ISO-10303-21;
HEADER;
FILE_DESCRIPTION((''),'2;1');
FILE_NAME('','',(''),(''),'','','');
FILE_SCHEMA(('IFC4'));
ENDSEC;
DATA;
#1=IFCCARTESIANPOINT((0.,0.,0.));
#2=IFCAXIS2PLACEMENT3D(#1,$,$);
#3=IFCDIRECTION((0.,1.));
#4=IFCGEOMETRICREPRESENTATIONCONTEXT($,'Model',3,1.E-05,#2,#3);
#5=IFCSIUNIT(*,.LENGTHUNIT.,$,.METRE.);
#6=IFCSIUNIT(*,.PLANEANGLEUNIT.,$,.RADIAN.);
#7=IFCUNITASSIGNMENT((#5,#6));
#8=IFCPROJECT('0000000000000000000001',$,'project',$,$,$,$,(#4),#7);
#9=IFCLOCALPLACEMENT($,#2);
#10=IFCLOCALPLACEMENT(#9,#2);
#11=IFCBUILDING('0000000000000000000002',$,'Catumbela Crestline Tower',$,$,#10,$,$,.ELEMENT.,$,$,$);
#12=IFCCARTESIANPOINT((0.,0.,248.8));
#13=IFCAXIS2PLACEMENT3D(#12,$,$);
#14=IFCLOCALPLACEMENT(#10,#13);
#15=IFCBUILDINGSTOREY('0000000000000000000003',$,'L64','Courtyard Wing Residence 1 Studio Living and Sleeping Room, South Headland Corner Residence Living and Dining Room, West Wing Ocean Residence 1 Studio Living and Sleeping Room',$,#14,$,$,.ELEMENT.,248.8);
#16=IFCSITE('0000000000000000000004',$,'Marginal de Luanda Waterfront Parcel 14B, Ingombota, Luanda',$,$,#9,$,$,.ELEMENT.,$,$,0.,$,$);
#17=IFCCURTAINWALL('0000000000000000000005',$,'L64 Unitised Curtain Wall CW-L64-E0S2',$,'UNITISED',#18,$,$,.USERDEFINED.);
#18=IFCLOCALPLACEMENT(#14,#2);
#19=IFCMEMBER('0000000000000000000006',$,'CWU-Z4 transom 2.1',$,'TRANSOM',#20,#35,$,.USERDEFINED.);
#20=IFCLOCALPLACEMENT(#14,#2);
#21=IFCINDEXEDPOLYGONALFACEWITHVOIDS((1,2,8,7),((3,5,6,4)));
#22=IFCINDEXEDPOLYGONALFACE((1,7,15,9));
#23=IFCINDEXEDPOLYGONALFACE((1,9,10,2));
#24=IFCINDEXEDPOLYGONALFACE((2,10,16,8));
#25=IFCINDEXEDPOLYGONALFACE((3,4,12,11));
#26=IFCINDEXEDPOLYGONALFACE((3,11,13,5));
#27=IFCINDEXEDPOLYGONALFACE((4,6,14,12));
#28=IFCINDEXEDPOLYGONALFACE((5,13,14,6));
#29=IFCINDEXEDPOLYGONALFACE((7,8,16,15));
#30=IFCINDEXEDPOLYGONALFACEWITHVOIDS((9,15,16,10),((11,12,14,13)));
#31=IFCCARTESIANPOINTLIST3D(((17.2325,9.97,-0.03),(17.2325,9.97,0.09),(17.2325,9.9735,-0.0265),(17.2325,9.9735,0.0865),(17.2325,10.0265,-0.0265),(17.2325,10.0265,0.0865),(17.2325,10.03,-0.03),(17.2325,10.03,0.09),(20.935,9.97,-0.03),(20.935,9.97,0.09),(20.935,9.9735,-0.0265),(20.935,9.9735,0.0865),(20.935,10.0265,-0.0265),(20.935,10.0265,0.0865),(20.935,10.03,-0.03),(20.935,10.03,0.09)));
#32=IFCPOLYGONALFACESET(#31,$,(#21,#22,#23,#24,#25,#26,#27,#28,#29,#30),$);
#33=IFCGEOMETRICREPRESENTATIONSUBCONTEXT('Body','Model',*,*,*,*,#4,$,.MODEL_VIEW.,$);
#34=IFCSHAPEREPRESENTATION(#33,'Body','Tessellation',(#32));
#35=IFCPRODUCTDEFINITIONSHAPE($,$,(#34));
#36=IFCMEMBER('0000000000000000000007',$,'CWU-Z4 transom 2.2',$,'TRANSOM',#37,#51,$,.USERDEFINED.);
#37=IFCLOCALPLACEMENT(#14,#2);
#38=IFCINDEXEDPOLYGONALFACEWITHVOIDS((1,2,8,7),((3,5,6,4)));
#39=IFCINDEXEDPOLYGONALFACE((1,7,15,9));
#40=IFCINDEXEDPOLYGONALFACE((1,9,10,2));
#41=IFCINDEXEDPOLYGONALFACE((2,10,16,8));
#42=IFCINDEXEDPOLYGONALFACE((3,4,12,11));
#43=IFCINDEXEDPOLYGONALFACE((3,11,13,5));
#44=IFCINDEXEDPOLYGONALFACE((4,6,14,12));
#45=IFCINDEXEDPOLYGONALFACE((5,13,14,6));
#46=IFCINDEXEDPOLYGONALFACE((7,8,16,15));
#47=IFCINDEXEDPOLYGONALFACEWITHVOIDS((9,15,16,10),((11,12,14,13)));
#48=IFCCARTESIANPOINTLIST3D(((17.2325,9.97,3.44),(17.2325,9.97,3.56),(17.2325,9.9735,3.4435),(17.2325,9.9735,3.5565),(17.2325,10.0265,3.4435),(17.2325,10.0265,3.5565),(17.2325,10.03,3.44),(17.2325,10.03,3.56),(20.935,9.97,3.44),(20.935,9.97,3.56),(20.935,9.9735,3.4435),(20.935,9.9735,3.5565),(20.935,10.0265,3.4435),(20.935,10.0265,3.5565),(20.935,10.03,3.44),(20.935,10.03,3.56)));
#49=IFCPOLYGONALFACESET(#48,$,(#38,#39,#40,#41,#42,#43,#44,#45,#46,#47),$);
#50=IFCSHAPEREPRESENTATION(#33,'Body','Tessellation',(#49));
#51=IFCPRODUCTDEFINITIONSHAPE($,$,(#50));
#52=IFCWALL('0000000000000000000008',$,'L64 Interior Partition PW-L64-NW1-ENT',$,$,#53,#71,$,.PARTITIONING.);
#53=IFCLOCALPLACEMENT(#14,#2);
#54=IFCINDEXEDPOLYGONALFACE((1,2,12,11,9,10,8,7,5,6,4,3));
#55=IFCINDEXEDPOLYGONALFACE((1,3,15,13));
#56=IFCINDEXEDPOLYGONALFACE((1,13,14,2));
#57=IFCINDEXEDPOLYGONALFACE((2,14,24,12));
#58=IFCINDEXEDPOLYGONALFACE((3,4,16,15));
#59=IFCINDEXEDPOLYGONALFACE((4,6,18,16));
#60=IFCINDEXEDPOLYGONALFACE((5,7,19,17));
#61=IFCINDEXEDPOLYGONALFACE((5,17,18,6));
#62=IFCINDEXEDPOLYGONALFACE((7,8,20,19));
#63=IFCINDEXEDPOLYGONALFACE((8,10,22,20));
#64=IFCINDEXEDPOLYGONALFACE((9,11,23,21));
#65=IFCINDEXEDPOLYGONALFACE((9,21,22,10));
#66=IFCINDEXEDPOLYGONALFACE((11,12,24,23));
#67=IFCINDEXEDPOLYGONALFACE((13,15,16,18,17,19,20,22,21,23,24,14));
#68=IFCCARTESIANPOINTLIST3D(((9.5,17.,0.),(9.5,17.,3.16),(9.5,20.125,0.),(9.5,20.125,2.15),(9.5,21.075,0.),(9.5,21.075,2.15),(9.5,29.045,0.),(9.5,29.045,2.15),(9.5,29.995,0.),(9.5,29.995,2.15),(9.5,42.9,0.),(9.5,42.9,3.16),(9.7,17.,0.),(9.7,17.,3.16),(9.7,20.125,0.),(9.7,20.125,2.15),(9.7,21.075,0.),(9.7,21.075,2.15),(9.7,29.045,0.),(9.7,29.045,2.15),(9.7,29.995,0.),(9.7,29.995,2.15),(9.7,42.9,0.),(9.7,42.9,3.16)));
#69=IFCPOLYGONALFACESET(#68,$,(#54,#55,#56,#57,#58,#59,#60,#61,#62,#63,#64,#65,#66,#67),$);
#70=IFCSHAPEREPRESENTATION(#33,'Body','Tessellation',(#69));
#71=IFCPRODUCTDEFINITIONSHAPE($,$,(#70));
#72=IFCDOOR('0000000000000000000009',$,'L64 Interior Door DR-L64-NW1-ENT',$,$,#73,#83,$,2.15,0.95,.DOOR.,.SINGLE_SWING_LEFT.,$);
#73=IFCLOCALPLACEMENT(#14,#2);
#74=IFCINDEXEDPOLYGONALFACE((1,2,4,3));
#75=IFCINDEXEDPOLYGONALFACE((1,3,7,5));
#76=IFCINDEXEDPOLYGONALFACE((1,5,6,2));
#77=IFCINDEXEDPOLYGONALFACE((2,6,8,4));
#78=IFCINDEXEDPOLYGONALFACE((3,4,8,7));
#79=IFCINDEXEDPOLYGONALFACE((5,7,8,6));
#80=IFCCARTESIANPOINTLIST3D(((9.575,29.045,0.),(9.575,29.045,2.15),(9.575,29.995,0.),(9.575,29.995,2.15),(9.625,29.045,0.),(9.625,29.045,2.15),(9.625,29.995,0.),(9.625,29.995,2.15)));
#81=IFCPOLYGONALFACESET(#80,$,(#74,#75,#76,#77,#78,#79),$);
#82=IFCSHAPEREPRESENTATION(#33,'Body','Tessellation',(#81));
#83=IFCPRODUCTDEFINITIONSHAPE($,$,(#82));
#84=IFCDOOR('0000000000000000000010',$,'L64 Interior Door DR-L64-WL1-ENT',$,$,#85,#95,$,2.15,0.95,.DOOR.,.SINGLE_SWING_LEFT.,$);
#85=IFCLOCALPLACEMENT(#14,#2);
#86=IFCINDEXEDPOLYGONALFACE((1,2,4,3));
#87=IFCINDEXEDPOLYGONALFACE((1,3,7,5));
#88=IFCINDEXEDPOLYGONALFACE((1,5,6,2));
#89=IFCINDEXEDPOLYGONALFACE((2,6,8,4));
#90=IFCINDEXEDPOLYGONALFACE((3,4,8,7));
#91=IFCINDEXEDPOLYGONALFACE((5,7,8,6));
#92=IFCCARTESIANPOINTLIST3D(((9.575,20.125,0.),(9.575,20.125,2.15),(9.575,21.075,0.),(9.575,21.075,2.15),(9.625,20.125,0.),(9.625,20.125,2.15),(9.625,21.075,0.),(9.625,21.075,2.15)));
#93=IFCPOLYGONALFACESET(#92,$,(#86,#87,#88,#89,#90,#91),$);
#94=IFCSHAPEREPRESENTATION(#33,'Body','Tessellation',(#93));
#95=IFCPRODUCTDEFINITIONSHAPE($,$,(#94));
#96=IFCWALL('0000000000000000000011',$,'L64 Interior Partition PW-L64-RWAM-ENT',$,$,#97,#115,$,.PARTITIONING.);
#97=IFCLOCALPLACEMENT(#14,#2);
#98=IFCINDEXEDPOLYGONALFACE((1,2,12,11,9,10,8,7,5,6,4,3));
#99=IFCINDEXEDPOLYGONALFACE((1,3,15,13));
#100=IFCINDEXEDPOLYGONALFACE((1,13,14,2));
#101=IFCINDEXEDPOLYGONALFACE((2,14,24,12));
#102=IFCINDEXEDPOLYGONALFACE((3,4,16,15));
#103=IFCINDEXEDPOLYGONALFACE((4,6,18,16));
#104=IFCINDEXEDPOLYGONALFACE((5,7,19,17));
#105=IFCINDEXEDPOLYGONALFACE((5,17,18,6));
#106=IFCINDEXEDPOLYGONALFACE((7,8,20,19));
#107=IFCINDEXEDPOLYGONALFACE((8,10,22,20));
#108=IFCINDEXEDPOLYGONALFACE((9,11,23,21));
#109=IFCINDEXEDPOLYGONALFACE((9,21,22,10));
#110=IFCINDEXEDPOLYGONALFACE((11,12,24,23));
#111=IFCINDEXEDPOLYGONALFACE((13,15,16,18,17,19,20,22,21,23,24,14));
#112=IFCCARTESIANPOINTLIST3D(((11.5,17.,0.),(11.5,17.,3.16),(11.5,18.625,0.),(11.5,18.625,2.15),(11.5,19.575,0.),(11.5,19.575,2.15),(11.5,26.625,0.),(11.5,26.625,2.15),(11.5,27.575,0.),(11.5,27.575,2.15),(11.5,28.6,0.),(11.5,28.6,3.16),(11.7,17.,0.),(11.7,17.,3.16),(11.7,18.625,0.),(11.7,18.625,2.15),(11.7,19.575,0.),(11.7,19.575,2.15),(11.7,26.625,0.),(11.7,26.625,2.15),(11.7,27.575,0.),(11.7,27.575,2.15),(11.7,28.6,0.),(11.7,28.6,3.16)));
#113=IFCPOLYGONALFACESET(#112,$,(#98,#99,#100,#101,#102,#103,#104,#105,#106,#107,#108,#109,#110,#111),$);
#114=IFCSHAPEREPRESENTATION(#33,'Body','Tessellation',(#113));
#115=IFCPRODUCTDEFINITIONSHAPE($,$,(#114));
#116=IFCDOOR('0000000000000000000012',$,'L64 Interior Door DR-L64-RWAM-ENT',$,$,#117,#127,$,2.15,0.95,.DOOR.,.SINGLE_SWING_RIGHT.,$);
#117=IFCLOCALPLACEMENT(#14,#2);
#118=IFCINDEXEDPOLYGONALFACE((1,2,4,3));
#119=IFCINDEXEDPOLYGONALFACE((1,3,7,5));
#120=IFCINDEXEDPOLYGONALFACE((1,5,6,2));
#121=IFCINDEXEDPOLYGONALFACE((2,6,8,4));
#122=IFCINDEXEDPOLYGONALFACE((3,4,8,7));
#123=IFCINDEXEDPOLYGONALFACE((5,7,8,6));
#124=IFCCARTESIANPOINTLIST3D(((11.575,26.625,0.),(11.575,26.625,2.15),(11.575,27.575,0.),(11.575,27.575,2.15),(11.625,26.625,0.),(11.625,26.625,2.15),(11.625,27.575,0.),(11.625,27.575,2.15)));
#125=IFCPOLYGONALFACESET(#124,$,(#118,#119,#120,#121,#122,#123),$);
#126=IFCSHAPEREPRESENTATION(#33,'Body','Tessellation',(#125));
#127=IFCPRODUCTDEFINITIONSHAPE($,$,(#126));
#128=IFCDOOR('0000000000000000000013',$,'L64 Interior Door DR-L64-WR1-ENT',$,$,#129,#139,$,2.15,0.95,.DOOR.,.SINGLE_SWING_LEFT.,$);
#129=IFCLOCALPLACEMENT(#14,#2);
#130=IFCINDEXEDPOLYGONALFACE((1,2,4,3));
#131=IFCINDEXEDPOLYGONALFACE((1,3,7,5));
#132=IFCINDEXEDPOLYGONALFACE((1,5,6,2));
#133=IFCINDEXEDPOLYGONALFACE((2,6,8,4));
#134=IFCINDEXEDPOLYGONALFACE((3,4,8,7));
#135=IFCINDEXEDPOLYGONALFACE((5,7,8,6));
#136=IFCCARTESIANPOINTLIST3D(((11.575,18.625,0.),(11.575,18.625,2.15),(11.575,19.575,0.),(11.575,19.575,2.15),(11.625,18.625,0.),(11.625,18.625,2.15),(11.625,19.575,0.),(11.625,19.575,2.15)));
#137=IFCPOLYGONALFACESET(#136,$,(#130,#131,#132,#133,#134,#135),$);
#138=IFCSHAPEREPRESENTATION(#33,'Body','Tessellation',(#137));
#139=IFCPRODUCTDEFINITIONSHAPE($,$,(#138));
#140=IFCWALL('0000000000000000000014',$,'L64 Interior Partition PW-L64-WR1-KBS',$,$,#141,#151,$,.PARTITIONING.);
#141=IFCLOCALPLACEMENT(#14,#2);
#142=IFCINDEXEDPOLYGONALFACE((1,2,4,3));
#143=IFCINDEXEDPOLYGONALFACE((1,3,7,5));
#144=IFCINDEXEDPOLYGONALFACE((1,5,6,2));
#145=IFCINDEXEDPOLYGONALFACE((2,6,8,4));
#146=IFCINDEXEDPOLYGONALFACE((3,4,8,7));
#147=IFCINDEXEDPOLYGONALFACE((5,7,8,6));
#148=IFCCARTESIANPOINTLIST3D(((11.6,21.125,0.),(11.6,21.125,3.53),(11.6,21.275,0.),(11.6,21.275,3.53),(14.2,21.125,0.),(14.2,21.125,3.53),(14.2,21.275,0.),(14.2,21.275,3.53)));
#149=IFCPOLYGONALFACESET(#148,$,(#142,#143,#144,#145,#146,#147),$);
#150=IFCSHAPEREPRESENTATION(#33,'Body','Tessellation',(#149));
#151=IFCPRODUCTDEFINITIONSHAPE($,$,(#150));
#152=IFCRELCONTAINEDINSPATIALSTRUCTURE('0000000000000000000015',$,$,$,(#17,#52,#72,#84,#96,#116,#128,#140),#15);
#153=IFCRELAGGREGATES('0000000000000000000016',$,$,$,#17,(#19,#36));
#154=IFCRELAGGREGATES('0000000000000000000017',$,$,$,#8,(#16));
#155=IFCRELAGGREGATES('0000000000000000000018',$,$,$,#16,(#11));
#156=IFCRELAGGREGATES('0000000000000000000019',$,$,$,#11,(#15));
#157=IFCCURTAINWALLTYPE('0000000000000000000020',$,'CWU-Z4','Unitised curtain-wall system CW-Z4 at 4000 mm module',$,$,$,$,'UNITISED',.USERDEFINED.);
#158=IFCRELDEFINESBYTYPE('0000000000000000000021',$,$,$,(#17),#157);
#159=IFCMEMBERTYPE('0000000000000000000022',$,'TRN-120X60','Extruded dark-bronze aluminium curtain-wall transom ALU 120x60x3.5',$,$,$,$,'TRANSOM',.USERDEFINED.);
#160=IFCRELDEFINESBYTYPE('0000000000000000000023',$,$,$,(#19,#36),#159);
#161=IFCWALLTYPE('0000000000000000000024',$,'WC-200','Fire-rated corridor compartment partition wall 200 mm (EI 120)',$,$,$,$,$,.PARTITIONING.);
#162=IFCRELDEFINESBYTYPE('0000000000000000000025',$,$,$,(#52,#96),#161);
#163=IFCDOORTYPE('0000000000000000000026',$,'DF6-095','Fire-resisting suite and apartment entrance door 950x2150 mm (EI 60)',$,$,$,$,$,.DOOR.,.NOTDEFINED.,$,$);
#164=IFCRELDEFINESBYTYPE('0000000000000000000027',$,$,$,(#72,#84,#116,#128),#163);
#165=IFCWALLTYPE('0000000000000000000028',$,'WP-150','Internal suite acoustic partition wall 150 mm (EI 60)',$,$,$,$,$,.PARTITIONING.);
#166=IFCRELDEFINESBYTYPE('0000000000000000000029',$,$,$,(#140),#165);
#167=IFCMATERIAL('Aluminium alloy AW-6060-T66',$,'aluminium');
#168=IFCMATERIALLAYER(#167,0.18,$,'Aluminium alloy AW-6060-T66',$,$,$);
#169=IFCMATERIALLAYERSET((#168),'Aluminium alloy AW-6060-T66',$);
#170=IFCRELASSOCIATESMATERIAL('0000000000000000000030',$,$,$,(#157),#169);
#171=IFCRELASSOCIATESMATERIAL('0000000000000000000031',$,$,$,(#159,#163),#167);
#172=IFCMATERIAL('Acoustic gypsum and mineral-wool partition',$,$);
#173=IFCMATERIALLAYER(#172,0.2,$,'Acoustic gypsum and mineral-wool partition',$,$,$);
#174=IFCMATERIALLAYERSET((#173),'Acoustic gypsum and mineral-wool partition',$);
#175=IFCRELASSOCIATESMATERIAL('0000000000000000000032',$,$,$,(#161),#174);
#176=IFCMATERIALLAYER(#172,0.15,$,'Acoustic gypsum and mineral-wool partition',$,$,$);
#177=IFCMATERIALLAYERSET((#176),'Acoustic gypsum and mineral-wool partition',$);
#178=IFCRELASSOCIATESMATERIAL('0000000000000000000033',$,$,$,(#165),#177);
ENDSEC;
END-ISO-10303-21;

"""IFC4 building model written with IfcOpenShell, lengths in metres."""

from ifc_helpers import new_model, si_unit, direction, frame, frame_2d, origin, origin_2d, place, context, subcontext, project, spatial, rectangle, hollow_rectangle, extrude, material, layer, layer_set, material_profile, profile_set, type_object, element, fill, aggregate, save


model = new_model("IFC4")

# Units and contexts
model_context = context("Model", 3, precision=1e-05, world=origin(), true_north=direction((0.0, 1.0)))
body_context = subcontext(model_context, "Body", "Model", "MODEL_VIEW")
ifc_project = project(units=[si_unit("LENGTHUNIT", "METRE"), si_unit("PLANEANGLEUNIT", "RADIAN")], contexts=[model_context])

# Site, building, storey
site_placement = place(None, origin())
site = spatial("IfcSite", under=ifc_project, at=site_placement, Name="Marginal de Luanda Waterfront Parcel 14B, Ingombota, Luanda", CompositionType="ELEMENT", RefElevation=0.0)
building_placement = place(site_placement, origin())
building = spatial("IfcBuilding", under=site, at=building_placement, Name="Catumbela Crestline Tower", CompositionType="ELEMENT")
storey_placement = place(building_placement, frame((0.0, 0.0, 248.8)))
storey = spatial("IfcBuildingStorey", under=building, at=storey_placement, Name="L64", Description="Courtyard Wing Residence 1 Studio Living and Sleeping Room, South Headland Corner Residence Living and Dining Room, West Wing Ocean Residence 1 Studio Living and Sleeping Room", CompositionType="ELEMENT", Elevation=248.8)

# Curtain wall, members
ifc_material_1 = material(Name="Aluminium alloy AW-6060-T66", Category="aluminium")
ifc_layer_1 = layer(ifc_material_1, 0.18, Name="Aluminium alloy AW-6060-T66")
ifc_layer_set_1 = layer_set([ifc_layer_1], Name="Aluminium alloy AW-6060-T66")
curtain_wall_type = type_object("IfcCurtainWallType", Name="CWU-Z4", Description="Unitised curtain-wall system CW-Z4 at 4000 mm module", ElementType="UNITISED", PredefinedType="USERDEFINED", material=ifc_layer_set_1)
curtain_wall_placement = place(storey_placement, origin())
curtain_wall = element("IfcCurtainWall", 1, at=curtain_wall_placement, inside=storey, type_object=curtain_wall_type, Name="L64 Unitised Curtain Wall CW-L64-E0S2", ObjectType="UNITISED", PredefinedType="USERDEFINED")
ifc_material_profile_1 = material_profile(ifc_material_1, hollow_rectangle(XDim=0.06, YDim=0.12, WallThickness=0.0035, at=origin_2d()), Name="ALU 120x60x3.5")
ifc_profile_set_1 = profile_set([ifc_material_profile_1], Name="Aluminium alloy AW-6060-T66")
member_type = type_object("IfcMemberType", Name="TRN-120X60", Description="Extruded dark-bronze aluminium curtain-wall transom ALU 120x60x3.5", ElementType="TRANSOM", PredefinedType="USERDEFINED", material=ifc_profile_set_1)
member_1_placement = place(storey_placement, frame((17.2325, 10.0, 0.03), z_axis=(1.0, 0.0, 0.0), x_axis=(0.0, 1.0, 0.0)))
member_1 = element("IfcMember", 2, at=member_1_placement, type_object=member_type, Name="CWU-Z4 transom 2.1", ObjectType="TRANSOM", PredefinedType="USERDEFINED", context=body_context, shape_type="SweptSolid", body=[
    extrude(hollow_rectangle(XDim=0.06, YDim=0.12, WallThickness=0.0035, at=origin_2d()), origin(), (0.0, 0.0, 1.0), 3.7025),
])
member_2_placement = place(storey_placement, frame((17.2325, 10.0, 3.5), z_axis=(1.0, 0.0, 0.0), x_axis=(0.0, 1.0, 0.0)))
member_2 = element("IfcMember", 3, at=member_2_placement, type_object=member_type, Name="CWU-Z4 transom 2.2", ObjectType="TRANSOM", PredefinedType="USERDEFINED", context=body_context, shape_type="SweptSolid", body=[
    extrude(hollow_rectangle(XDim=0.06, YDim=0.12, WallThickness=0.0035, at=origin_2d()), origin(), (0.0, 0.0, 1.0), 3.7025),
])
aggregate(curtain_wall, [member_1, member_2])

# Walls, openings, doors
ifc_material_2 = material(Name="Acoustic gypsum and mineral-wool partition")
ifc_layer_2 = layer(ifc_material_2, 0.2, Name="Acoustic gypsum and mineral-wool partition")
ifc_layer_set_2 = layer_set([ifc_layer_2], Name="Acoustic gypsum and mineral-wool partition")
wall_type_1 = type_object("IfcWallType", Name="WC-200", Description="Fire-rated corridor compartment partition wall 200 mm (EI 120)", PredefinedType="PARTITIONING", material=ifc_layer_set_2)
wall_1_placement = place(storey_placement, frame((9.6, 17.0, 0.0), z_axis=(0.0, 0.0, 1.0), x_axis=(0.0, 1.0, 0.0)))
wall_1 = element("IfcWall", 4, at=wall_1_placement, inside=storey, type_object=wall_type_1, Name="L64 Interior Partition PW-L64-NW1-ENT", PredefinedType="PARTITIONING", context=body_context, shape_type="SweptSolid", body=[
    extrude(rectangle(XDim=25.9, YDim=0.2, at=frame_2d((12.95, 0.0))), origin(), (0.0, 0.0, 1.0), 3.16),
])
opening_1_placement = place(wall_1_placement, frame((12.045, 0.0, 0.0)))
opening_1 = element("IfcOpeningElement", 5, at=opening_1_placement, cuts=wall_1, PredefinedType="OPENING", context=body_context, shape_type="SweptSolid", body=[
    extrude(rectangle(XDim=0.95, YDim=2.15, at=frame_2d((0.475, 1.075))), frame((0.0, 0.11, 0.0), z_axis=(0.0, -1.0, 0.0), x_axis=(1.0, 0.0, 0.0)), (0.0, 0.0, 1.0), 0.22),
])
opening_2_placement = place(wall_1_placement, frame((3.125, 0.0, 0.0)))
opening_2 = element("IfcOpeningElement", 6, at=opening_2_placement, cuts=wall_1, PredefinedType="OPENING", context=body_context, shape_type="SweptSolid", body=[
    extrude(rectangle(XDim=0.95, YDim=2.15, at=frame_2d((0.475, 1.075))), frame((0.0, 0.11, 0.0), z_axis=(0.0, -1.0, 0.0), x_axis=(1.0, 0.0, 0.0)), (0.0, 0.0, 1.0), 0.22),
])
door_type_1 = type_object("IfcDoorType", Name="DF6-095", Description="Fire-resisting suite and apartment entrance door 950x2150 mm (EI 60)", OperationType="NOTDEFINED", PredefinedType="DOOR", material=ifc_material_1)
door_1_placement = place(opening_1_placement, origin())
door_1 = element("IfcDoor", 7, at=door_1_placement, inside=storey, type_object=door_type_1, Name="L64 Interior Door DR-L64-NW1-ENT", OperationType="SINGLE_SWING_LEFT", OverallHeight=2.15, OverallWidth=0.95, PredefinedType="DOOR", context=body_context, shape_type="SweptSolid", body=[
    extrude(rectangle(XDim=0.95, YDim=2.15, at=frame_2d((0.475, 1.075))), frame((0.0, 0.025, 0.0), z_axis=(0.0, -1.0, 0.0), x_axis=(1.0, 0.0, 0.0)), (0.0, 0.0, 1.0), 0.05),
])
fill(opening_1, door_1)
door_2_placement = place(opening_2_placement, origin())
door_2 = element("IfcDoor", 8, at=door_2_placement, inside=storey, type_object=door_type_1, Name="L64 Interior Door DR-L64-WL1-ENT", OperationType="SINGLE_SWING_LEFT", OverallHeight=2.15, OverallWidth=0.95, PredefinedType="DOOR", context=body_context, shape_type="SweptSolid", body=[
    extrude(rectangle(XDim=0.95, YDim=2.15, at=frame_2d((0.475, 1.075))), frame((0.0, 0.025, 0.0), z_axis=(0.0, -1.0, 0.0), x_axis=(1.0, 0.0, 0.0)), (0.0, 0.0, 1.0), 0.05),
])
fill(opening_2, door_2)
wall_2_placement = place(storey_placement, frame((11.6, 17.0, 0.0), z_axis=(0.0, 0.0, 1.0), x_axis=(0.0, 1.0, 0.0)))
wall_2 = element("IfcWall", 9, at=wall_2_placement, inside=storey, type_object=wall_type_1, Name="L64 Interior Partition PW-L64-RWAM-ENT", PredefinedType="PARTITIONING", context=body_context, shape_type="SweptSolid", body=[
    extrude(rectangle(XDim=11.6, YDim=0.2, at=frame_2d((5.8, 0.0))), origin(), (0.0, 0.0, 1.0), 3.16),
])
opening_3_placement = place(wall_2_placement, frame((9.625, 0.0, 0.0)))
opening_3 = element("IfcOpeningElement", 10, at=opening_3_placement, cuts=wall_2, PredefinedType="OPENING", context=body_context, shape_type="SweptSolid", body=[
    extrude(rectangle(XDim=0.95, YDim=2.15, at=frame_2d((0.475, 1.075))), frame((0.0, 0.11, 0.0), z_axis=(0.0, -1.0, 0.0), x_axis=(1.0, 0.0, 0.0)), (0.0, 0.0, 1.0), 0.22),
])
opening_4_placement = place(wall_2_placement, frame((1.625, 0.0, 0.0)))
opening_4 = element("IfcOpeningElement", 11, at=opening_4_placement, cuts=wall_2, PredefinedType="OPENING", context=body_context, shape_type="SweptSolid", body=[
    extrude(rectangle(XDim=0.95, YDim=2.15, at=frame_2d((0.475, 1.075))), frame((0.0, 0.11, 0.0), z_axis=(0.0, -1.0, 0.0), x_axis=(1.0, 0.0, 0.0)), (0.0, 0.0, 1.0), 0.22),
])
door_3_placement = place(opening_3_placement, origin())
door_3 = element("IfcDoor", 12, at=door_3_placement, inside=storey, type_object=door_type_1, Name="L64 Interior Door DR-L64-RWAM-ENT", OperationType="SINGLE_SWING_RIGHT", OverallHeight=2.15, OverallWidth=0.95, PredefinedType="DOOR", context=body_context, shape_type="SweptSolid", body=[
    extrude(rectangle(XDim=0.95, YDim=2.15, at=frame_2d((0.475, 1.075))), frame((0.0, 0.025, 0.0), z_axis=(0.0, -1.0, 0.0), x_axis=(1.0, 0.0, 0.0)), (0.0, 0.0, 1.0), 0.05),
])
fill(opening_3, door_3)
door_4_placement = place(opening_4_placement, origin())
door_4 = element("IfcDoor", 13, at=door_4_placement, inside=storey, type_object=door_type_1, Name="L64 Interior Door DR-L64-WR1-ENT", OperationType="SINGLE_SWING_LEFT", OverallHeight=2.15, OverallWidth=0.95, PredefinedType="DOOR", context=body_context, shape_type="SweptSolid", body=[
    extrude(rectangle(XDim=0.95, YDim=2.15, at=frame_2d((0.475, 1.075))), frame((0.0, 0.025, 0.0), z_axis=(0.0, -1.0, 0.0), x_axis=(1.0, 0.0, 0.0)), (0.0, 0.0, 1.0), 0.05),
])
fill(opening_4, door_4)

# Wall
ifc_layer_3 = layer(ifc_material_2, 0.15, Name="Acoustic gypsum and mineral-wool partition")
ifc_layer_set_3 = layer_set([ifc_layer_3], Name="Acoustic gypsum and mineral-wool partition")
wall_type_2 = type_object("IfcWallType", Name="WP-150", Description="Internal suite acoustic partition wall 150 mm (EI 60)", PredefinedType="PARTITIONING", material=ifc_layer_set_3)
wall_3_placement = place(storey_placement, frame((11.6, 21.2, 0.0), z_axis=(0.0, 0.0, 1.0), x_axis=(1.0, 0.0, 0.0)))
element("IfcWall", 14, at=wall_3_placement, inside=storey, type_object=wall_type_2, Name="L64 Interior Partition PW-L64-WR1-KBS", PredefinedType="PARTITIONING", context=body_context, shape_type="SweptSolid", body=[
    extrude(rectangle(XDim=2.6, YDim=0.15, at=frame_2d((1.3, 0.0))), origin(), (0.0, 0.0, 1.0), 3.53),
])

save(model, "model.ifc")
